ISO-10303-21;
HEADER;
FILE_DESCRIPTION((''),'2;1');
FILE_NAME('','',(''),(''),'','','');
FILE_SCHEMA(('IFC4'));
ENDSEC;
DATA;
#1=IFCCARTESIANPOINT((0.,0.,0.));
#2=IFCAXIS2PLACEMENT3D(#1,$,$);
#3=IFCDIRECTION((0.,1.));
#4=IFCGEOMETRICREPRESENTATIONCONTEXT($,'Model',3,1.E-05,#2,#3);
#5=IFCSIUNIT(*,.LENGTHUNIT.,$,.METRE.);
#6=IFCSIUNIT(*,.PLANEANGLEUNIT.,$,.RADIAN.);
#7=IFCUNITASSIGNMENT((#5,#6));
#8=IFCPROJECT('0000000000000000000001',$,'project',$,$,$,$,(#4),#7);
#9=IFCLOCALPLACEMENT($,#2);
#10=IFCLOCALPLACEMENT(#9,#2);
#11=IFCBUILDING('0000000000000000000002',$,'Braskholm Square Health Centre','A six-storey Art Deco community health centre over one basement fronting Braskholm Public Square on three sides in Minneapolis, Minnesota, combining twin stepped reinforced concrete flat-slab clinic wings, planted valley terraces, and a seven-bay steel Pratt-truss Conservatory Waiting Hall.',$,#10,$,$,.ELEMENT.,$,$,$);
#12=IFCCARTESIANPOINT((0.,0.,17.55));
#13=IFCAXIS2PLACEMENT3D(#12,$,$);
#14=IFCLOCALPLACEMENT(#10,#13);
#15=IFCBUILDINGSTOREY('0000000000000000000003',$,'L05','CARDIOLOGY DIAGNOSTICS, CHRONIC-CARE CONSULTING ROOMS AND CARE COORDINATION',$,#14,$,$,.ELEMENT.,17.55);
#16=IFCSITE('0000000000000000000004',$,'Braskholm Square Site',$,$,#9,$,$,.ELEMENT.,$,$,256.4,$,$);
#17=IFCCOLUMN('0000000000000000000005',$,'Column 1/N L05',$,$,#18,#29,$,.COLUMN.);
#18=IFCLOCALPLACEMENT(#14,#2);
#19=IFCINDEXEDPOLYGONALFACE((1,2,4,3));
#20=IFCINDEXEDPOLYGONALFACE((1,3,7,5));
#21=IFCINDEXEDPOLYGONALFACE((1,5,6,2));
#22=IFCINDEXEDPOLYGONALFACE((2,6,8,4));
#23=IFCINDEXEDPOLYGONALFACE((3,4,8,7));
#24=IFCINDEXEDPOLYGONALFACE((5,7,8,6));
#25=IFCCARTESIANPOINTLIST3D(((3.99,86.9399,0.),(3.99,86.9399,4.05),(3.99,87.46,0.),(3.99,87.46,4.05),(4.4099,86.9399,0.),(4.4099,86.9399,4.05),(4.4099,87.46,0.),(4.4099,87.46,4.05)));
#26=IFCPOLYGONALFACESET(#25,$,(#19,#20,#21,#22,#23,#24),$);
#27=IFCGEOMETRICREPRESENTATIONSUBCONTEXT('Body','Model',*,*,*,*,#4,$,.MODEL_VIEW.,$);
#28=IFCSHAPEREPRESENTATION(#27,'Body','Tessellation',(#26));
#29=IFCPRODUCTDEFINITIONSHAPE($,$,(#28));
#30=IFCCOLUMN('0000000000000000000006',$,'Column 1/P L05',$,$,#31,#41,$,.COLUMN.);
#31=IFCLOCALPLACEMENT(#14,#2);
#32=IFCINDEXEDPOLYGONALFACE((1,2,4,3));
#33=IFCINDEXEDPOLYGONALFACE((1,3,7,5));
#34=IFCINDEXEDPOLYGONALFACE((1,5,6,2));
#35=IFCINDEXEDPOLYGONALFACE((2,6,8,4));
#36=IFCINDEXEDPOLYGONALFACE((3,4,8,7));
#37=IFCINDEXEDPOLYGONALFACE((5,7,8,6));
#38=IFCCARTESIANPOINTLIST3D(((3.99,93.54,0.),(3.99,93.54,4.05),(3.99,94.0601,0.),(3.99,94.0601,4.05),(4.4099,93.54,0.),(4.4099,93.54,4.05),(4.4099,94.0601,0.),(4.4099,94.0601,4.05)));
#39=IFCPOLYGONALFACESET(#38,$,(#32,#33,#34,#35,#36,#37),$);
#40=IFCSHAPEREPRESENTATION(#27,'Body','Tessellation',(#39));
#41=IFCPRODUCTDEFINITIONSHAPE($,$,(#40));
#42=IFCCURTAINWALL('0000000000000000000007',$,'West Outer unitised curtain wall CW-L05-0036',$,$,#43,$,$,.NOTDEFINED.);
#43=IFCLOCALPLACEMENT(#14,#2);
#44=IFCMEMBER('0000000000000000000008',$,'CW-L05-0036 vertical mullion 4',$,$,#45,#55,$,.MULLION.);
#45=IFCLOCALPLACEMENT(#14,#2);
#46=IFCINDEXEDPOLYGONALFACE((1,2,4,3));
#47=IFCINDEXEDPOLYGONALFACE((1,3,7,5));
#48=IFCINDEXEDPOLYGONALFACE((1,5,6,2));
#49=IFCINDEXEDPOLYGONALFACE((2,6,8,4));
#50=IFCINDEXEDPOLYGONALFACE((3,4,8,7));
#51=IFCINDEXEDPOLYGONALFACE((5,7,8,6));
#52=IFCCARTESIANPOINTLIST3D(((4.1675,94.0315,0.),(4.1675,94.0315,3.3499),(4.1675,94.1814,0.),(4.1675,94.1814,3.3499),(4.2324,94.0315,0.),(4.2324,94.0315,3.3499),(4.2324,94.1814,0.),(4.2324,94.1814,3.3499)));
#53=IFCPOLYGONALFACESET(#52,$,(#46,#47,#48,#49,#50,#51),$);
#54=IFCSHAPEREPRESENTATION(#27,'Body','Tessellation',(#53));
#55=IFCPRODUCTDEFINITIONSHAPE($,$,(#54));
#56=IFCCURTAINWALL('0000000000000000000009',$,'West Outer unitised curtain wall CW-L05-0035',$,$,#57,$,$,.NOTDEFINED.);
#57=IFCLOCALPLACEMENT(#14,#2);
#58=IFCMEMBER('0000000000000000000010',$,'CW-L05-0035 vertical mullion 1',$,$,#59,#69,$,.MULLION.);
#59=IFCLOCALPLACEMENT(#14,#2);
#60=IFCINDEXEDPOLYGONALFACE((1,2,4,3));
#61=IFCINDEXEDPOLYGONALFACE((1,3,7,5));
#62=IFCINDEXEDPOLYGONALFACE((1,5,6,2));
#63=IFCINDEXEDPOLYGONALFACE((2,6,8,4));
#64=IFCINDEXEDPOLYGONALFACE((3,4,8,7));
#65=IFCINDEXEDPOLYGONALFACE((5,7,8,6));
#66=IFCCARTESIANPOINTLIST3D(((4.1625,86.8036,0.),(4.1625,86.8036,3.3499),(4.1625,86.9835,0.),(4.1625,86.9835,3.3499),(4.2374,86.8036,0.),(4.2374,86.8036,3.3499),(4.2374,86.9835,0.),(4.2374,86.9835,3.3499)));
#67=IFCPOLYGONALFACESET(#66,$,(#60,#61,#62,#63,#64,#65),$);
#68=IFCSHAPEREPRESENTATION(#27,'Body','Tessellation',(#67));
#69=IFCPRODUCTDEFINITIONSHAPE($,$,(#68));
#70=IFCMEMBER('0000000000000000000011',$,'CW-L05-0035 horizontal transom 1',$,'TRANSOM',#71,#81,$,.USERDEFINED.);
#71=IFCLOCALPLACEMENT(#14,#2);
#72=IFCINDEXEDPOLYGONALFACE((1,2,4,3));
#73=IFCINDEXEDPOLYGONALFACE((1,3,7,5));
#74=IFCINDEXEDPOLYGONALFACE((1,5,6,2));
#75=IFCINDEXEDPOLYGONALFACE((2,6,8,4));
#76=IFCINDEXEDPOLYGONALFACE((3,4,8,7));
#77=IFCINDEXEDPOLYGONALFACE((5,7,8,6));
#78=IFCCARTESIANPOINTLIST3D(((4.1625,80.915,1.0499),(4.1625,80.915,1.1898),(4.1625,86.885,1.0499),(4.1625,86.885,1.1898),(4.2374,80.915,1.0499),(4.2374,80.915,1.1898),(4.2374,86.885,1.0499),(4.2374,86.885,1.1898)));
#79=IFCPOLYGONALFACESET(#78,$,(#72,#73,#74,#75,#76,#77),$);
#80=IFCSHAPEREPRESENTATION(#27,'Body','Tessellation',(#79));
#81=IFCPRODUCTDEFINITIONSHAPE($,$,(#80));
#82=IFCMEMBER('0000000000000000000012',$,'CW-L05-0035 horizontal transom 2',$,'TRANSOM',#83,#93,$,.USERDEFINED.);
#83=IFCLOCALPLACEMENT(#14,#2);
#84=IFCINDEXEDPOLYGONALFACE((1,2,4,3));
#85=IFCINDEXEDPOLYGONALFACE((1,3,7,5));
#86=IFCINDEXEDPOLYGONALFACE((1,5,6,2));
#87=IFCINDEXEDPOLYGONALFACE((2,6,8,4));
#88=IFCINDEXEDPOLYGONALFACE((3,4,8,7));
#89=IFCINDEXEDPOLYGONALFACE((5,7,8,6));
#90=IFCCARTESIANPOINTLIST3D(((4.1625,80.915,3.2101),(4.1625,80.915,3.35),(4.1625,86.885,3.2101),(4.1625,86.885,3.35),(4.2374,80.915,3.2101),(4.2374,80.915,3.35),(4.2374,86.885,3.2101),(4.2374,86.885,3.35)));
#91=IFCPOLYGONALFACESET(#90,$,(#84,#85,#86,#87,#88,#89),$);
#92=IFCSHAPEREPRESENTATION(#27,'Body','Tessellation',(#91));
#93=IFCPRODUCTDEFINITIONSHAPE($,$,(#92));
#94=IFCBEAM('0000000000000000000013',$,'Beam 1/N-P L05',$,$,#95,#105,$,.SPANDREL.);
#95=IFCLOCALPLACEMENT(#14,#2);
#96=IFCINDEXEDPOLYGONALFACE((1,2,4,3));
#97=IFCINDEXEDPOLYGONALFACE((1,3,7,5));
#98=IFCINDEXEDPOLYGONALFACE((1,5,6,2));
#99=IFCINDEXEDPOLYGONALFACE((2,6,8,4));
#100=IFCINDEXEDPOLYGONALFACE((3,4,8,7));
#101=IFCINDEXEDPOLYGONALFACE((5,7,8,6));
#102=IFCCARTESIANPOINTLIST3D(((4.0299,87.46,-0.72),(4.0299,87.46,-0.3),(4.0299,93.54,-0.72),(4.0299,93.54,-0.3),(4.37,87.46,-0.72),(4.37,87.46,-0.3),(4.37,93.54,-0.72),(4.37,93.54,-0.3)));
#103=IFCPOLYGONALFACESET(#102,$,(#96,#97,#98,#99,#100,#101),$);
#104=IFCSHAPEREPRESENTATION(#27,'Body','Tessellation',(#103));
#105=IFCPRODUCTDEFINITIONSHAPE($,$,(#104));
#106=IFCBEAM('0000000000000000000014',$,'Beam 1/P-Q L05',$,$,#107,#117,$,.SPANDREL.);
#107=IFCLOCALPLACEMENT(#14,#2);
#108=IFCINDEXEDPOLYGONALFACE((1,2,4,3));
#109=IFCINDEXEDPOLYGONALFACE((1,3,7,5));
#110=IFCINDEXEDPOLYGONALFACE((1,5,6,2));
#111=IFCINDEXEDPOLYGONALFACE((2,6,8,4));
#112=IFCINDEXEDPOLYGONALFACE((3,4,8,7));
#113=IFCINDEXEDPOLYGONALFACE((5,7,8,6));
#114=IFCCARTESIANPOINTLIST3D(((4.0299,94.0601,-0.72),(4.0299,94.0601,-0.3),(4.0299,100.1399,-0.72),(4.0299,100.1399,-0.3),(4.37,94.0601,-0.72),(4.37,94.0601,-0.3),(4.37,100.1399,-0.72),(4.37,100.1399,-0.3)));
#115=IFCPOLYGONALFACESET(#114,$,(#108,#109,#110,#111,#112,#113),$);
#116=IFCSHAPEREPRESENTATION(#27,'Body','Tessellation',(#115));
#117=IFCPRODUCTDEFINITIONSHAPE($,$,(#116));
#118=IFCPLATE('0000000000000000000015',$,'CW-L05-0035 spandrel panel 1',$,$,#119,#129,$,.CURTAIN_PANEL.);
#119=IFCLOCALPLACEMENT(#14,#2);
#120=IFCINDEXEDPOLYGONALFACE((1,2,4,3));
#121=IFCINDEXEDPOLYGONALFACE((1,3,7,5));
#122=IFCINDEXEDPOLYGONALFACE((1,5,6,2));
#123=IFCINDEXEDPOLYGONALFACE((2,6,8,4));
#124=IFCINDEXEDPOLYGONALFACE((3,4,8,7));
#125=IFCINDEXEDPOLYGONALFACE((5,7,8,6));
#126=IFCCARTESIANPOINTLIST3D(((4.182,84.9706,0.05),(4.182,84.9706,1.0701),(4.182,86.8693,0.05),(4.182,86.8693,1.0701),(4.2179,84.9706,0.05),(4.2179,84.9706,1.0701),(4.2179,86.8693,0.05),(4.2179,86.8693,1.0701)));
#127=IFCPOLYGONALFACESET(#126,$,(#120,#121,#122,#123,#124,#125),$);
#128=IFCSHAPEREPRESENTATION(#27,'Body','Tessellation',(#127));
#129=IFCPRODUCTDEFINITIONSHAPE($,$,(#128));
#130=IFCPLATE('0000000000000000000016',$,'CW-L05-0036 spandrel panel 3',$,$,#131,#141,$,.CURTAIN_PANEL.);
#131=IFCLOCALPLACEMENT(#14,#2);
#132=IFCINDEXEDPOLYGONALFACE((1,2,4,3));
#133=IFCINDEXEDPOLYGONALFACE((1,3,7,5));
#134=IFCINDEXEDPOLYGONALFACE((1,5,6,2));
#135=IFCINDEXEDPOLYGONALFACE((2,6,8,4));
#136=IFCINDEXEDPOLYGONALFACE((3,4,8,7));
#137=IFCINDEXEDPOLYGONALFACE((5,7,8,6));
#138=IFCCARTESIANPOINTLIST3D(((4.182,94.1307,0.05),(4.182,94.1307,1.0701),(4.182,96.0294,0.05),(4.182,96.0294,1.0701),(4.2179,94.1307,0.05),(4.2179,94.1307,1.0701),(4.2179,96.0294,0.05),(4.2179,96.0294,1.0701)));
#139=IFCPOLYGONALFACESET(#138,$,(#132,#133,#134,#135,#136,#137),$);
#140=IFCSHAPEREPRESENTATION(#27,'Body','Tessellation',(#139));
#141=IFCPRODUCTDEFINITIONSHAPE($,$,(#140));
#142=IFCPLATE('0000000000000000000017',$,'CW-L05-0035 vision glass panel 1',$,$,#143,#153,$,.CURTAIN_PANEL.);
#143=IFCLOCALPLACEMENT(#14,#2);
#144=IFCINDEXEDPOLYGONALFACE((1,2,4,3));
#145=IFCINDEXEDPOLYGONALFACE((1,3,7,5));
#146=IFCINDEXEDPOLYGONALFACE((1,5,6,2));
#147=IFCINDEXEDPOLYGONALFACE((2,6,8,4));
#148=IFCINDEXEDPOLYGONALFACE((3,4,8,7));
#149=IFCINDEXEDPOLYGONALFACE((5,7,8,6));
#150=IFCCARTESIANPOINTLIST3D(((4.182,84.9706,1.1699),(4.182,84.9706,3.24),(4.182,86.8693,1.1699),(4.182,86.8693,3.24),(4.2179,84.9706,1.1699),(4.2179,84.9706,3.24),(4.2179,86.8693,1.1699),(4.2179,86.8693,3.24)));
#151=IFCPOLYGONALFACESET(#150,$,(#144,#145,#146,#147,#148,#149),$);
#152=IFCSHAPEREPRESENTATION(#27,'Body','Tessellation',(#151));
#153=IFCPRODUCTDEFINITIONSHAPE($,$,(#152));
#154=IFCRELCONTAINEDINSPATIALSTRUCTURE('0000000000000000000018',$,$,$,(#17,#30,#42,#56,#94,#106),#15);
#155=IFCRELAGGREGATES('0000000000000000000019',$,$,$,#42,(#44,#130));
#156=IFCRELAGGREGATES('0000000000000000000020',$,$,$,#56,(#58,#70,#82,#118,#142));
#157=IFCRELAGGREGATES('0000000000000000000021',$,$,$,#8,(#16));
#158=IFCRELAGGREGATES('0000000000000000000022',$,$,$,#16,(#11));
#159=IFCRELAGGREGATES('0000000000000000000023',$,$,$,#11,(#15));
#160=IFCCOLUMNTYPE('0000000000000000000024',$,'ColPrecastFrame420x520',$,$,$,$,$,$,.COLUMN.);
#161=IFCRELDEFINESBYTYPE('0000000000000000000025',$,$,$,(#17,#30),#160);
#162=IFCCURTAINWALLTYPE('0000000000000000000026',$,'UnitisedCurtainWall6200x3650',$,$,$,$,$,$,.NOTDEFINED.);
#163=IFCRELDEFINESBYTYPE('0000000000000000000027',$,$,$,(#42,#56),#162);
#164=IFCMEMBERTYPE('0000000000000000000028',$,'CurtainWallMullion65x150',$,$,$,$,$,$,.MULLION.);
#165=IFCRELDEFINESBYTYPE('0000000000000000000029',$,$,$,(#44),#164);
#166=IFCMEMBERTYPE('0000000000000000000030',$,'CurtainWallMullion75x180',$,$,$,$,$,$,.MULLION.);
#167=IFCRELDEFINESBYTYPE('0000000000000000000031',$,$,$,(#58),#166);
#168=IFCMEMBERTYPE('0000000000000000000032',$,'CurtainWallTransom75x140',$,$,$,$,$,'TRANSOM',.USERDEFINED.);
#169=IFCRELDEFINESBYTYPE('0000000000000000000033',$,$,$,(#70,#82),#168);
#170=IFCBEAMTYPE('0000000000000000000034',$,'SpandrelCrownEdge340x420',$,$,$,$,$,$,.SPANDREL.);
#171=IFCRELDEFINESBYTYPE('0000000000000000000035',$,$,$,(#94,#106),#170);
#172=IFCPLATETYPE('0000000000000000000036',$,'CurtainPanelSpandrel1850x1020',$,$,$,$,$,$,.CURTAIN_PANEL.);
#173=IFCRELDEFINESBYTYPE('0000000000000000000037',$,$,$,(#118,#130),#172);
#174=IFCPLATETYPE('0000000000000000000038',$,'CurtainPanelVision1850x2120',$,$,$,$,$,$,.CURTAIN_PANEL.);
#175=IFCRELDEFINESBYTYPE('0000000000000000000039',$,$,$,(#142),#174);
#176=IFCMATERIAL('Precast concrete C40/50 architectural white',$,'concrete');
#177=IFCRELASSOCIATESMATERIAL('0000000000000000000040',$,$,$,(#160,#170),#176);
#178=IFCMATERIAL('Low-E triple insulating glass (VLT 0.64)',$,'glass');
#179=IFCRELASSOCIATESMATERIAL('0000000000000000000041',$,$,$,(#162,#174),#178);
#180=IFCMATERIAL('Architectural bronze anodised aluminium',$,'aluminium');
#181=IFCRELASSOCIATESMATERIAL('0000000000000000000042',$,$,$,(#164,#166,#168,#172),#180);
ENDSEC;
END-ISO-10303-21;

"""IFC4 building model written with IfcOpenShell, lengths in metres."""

from ifc_helpers import new_model, si_unit, direction, frame, origin, origin_2d, place, context, subcontext, project, spatial, rectangle, extrude, material, material_profile, profile_set, type_object, element, aggregate, save


model = new_model("IFC4")

# Units and contexts
model_context = context("Model", 3, precision=1e-05, world=origin(), true_north=direction((0.0, 1.0)))
body_context = subcontext(model_context, "Body", "Model", "MODEL_VIEW")
ifc_project = project(units=[si_unit("LENGTHUNIT", "METRE"), si_unit("PLANEANGLEUNIT", "RADIAN")], contexts=[model_context])

# Site, building, storey
site_placement = place(None, origin())
site = spatial("IfcSite", under=ifc_project, at=site_placement, Name="Braskholm Square Site", CompositionType="ELEMENT", RefElevation=256.4)
building_placement = place(site_placement, origin())
building = spatial("IfcBuilding", under=site, at=building_placement, Name="Braskholm Square Health Centre", Description="A six-storey Art Deco community health centre over one basement fronting Braskholm Public Square on three sides in Minneapolis, Minnesota, combining twin stepped reinforced concrete flat-slab clinic wings, planted valley terraces, and a seven-bay steel Pratt-truss Conservatory Waiting Hall.", CompositionType="ELEMENT")
storey_placement = place(building_placement, frame((0.0, 0.0, 17.55)))
storey = spatial("IfcBuildingStorey", under=building, at=storey_placement, Name="L05", Description="CARDIOLOGY DIAGNOSTICS, CHRONIC-CARE CONSULTING ROOMS AND CARE COORDINATION", CompositionType="ELEMENT", Elevation=17.55)

# Columns
ifc_material_1 = material(Name="Precast concrete C40/50 architectural white", Category="concrete")
ifc_material_profile_1 = material_profile(ifc_material_1, rectangle(XDim=0.4199, YDim=0.52, at=origin_2d()), Name="RC-420X520")
ifc_profile_set_1 = profile_set([ifc_material_profile_1], Name="Precast concrete C40/50 architectural white")
column_type = type_object("IfcColumnType", Name="ColPrecastFrame420x520", PredefinedType="COLUMN", material=ifc_profile_set_1)
for number, where, z_axis, x_axis, name in (
    (1, (4.2, 87.2, 0.0), (0.0, 0.0, 1.0), (1.0, 0.0, 0.0), "Column 1/N L05"),
    (2, (4.2, 93.8, 0.0), (0.0, 0.0, 1.0), (1.0, 0.0, 0.0), "Column 1/P L05"),
):
    element("IfcColumn", number, at=place(storey_placement, frame(where, z_axis=z_axis, x_axis=x_axis)), inside=storey, type_object=column_type, Name=name, PredefinedType="COLUMN", context=body_context, shape_type="SweptSolid", body=[
        extrude(rectangle(XDim=0.4199, YDim=0.52, at=origin_2d()), origin(), (0.0, 0.0, 1.0), 4.05),
    ])

# Curtain wall, member
ifc_material_2 = material(Name="Low-E triple insulating glass (VLT 0.64)", Category="glass")
curtain_wall_type = type_object("IfcCurtainWallType", Name="UnitisedCurtainWall6200x3650", PredefinedType="NOTDEFINED", material=ifc_material_2)
curtain_wall_1_placement = place(storey_placement, origin())
curtain_wall_1 = element("IfcCurtainWall", 3, at=curtain_wall_1_placement, inside=storey, type_object=curtain_wall_type, Name="West Outer unitised curtain wall CW-L05-0036", PredefinedType="NOTDEFINED")
ifc_material_3 = material(Name="Architectural bronze anodised aluminium", Category="aluminium")
ifc_material_profile_2 = material_profile(ifc_material_3, rectangle(XDim=0.0649, YDim=0.1499, at=origin_2d()), Name="ALU-65X150")
ifc_profile_set_2 = profile_set([ifc_material_profile_2], Name="Architectural bronze anodised aluminium")
member_type_1 = type_object("IfcMemberType", Name="CurtainWallMullion65x150", PredefinedType="MULLION", material=ifc_profile_set_2)
member_1_placement = place(storey_placement, frame((4.2, 94.1064, 0.0), z_axis=(0.0, 0.0, 1.0), x_axis=(1.0, 0.0, 0.0)))
member_1 = element("IfcMember", 4, at=member_1_placement, type_object=member_type_1, Name="CW-L05-0036 vertical mullion 4", PredefinedType="MULLION", context=body_context, shape_type="SweptSolid", body=[
    extrude(rectangle(XDim=0.0649, YDim=0.1499, at=origin_2d()), origin(), (0.0, 0.0, 1.0), 3.3499),
])

# Curtain wall, members
curtain_wall_2_placement = place(storey_placement, origin())
curtain_wall_2 = element("IfcCurtainWall", 5, at=curtain_wall_2_placement, inside=storey, type_object=curtain_wall_type, Name="West Outer unitised curtain wall CW-L05-0035", PredefinedType="NOTDEFINED")
ifc_material_profile_3 = material_profile(ifc_material_3, rectangle(XDim=0.075, YDim=0.1799, at=origin_2d()), Name="ALU-75X180")
ifc_profile_set_3 = profile_set([ifc_material_profile_3], Name="Architectural bronze anodised aluminium")
member_type_2 = type_object("IfcMemberType", Name="CurtainWallMullion75x180", PredefinedType="MULLION", material=ifc_profile_set_3)
member_2_placement = place(storey_placement, frame((4.2, 86.8936, 0.0), z_axis=(0.0, 0.0, 1.0), x_axis=(1.0, 0.0, 0.0)))
member_2 = element("IfcMember", 6, at=member_2_placement, type_object=member_type_2, Name="CW-L05-0035 vertical mullion 1", PredefinedType="MULLION", context=body_context, shape_type="SweptSolid", body=[
    extrude(rectangle(XDim=0.075, YDim=0.1799, at=origin_2d()), origin(), (0.0, 0.0, 1.0), 3.3499),
])
ifc_material_profile_4 = material_profile(ifc_material_3, rectangle(XDim=0.075, YDim=0.1399, at=origin_2d()), Name="ALU-75X140")
ifc_profile_set_4 = profile_set([ifc_material_profile_4], Name="Architectural bronze anodised aluminium")
member_type_3 = type_object("IfcMemberType", Name="CurtainWallTransom75x140", ElementType="TRANSOM", PredefinedType="USERDEFINED", material=ifc_profile_set_4)
member_3_placement = place(storey_placement, frame((4.2, 86.885, 1.1199), z_axis=(0.0, -1.0, 0.0), x_axis=(1.0, 0.0, 0.0)))
member_3 = element("IfcMember", 7, at=member_3_placement, type_object=member_type_3, Name="CW-L05-0035 horizontal transom 1", ObjectType="TRANSOM", PredefinedType="USERDEFINED", context=body_context, shape_type="SweptSolid", body=[
    extrude(rectangle(XDim=0.075, YDim=0.1399, at=origin_2d()), origin(), (0.0, 0.0, 1.0), 5.97),
])
member_4_placement = place(storey_placement, frame((4.2, 86.885, 3.28), z_axis=(0.0, -1.0, 0.0), x_axis=(1.0, 0.0, 0.0)))
member_4 = element("IfcMember", 8, at=member_4_placement, type_object=member_type_3, Name="CW-L05-0035 horizontal transom 2", ObjectType="TRANSOM", PredefinedType="USERDEFINED", context=body_context, shape_type="SweptSolid", body=[
    extrude(rectangle(XDim=0.075, YDim=0.1399, at=origin_2d()), origin(), (0.0, 0.0, 1.0), 5.97),
])

# Beams
ifc_material_profile_5 = material_profile(ifc_material_1, rectangle(XDim=0.3401, YDim=0.4199, at=origin_2d()), Name="RCB-340X420")
ifc_profile_set_5 = profile_set([ifc_material_profile_5], Name="Precast concrete C40/50 architectural white")
beam_type = type_object("IfcBeamType", Name="SpandrelCrownEdge340x420", PredefinedType="SPANDREL", material=ifc_profile_set_5)
beam_1_placement = place(storey_placement, frame((4.2, 87.46, -0.51), z_axis=(0.0, 1.0, 0.0), x_axis=(-1.0, 0.0, 0.0)))
element("IfcBeam", 9, at=beam_1_placement, inside=storey, type_object=beam_type, Name="Beam 1/N-P L05", PredefinedType="SPANDREL", context=body_context, shape_type="SweptSolid", body=[
    extrude(rectangle(XDim=0.3401, YDim=0.4199, at=origin_2d()), origin(), (0.0, 0.0, 1.0), 6.0801),
])
beam_2_placement = place(storey_placement, frame((4.2, 94.0601, -0.51), z_axis=(0.0, 1.0, 0.0), x_axis=(-1.0, 0.0, 0.0)))
element("IfcBeam", 10, at=beam_2_placement, inside=storey, type_object=beam_type, Name="Beam 1/P-Q L05", PredefinedType="SPANDREL", context=body_context, shape_type="SweptSolid", body=[
    extrude(rectangle(XDim=0.3401, YDim=0.4199, at=origin_2d()), origin(), (0.0, 0.0, 1.0), 6.0798),
])

# Plates
plate_type_1 = type_object("IfcPlateType", Name="CurtainPanelSpandrel1850x1020", PredefinedType="CURTAIN_PANEL", material=ifc_material_3)
plate_1_placement = place(storey_placement, frame((4.2, 85.9199, 0.05), z_axis=(0.0, 0.0, 1.0), x_axis=(0.0, -1.0, 0.0)))
plate_1 = element("IfcPlate", 11, at=plate_1_placement, type_object=plate_type_1, Name="CW-L05-0035 spandrel panel 1", PredefinedType="CURTAIN_PANEL", context=body_context, shape_type="SweptSolid", body=[
    extrude(rectangle(XDim=1.8987, YDim=0.0359, at=origin_2d()), origin(), (0.0, 0.0, 1.0), 1.02),
])
plate_2_placement = place(storey_placement, frame((4.2, 95.0801, 0.05), z_axis=(0.0, 0.0, 1.0), x_axis=(0.0, -1.0, 0.0)))
plate_2 = element("IfcPlate", 12, at=plate_2_placement, type_object=plate_type_1, Name="CW-L05-0036 spandrel panel 3", PredefinedType="CURTAIN_PANEL", context=body_context, shape_type="SweptSolid", body=[
    extrude(rectangle(XDim=1.8987, YDim=0.0359, at=origin_2d()), origin(), (0.0, 0.0, 1.0), 1.02),
])
aggregate(curtain_wall_1, [member_1, plate_2])
plate_type_2 = type_object("IfcPlateType", Name="CurtainPanelVision1850x2120", PredefinedType="CURTAIN_PANEL", material=ifc_material_2)
plate_3_placement = place(storey_placement, frame((4.2, 85.9199, 1.1699), z_axis=(0.0, 0.0, 1.0), x_axis=(0.0, -1.0, 0.0)))
plate_3 = element("IfcPlate", 13, at=plate_3_placement, type_object=plate_type_2, Name="CW-L05-0035 vision glass panel 1", PredefinedType="CURTAIN_PANEL", context=body_context, shape_type="SweptSolid", body=[
    extrude(rectangle(XDim=1.8987, YDim=0.0359, at=origin_2d()), origin(), (0.0, 0.0, 1.0), 2.0701),
])
aggregate(curtain_wall_2, [member_2, member_3, member_4, plate_1, plate_3])

save(model, "model.ifc")
